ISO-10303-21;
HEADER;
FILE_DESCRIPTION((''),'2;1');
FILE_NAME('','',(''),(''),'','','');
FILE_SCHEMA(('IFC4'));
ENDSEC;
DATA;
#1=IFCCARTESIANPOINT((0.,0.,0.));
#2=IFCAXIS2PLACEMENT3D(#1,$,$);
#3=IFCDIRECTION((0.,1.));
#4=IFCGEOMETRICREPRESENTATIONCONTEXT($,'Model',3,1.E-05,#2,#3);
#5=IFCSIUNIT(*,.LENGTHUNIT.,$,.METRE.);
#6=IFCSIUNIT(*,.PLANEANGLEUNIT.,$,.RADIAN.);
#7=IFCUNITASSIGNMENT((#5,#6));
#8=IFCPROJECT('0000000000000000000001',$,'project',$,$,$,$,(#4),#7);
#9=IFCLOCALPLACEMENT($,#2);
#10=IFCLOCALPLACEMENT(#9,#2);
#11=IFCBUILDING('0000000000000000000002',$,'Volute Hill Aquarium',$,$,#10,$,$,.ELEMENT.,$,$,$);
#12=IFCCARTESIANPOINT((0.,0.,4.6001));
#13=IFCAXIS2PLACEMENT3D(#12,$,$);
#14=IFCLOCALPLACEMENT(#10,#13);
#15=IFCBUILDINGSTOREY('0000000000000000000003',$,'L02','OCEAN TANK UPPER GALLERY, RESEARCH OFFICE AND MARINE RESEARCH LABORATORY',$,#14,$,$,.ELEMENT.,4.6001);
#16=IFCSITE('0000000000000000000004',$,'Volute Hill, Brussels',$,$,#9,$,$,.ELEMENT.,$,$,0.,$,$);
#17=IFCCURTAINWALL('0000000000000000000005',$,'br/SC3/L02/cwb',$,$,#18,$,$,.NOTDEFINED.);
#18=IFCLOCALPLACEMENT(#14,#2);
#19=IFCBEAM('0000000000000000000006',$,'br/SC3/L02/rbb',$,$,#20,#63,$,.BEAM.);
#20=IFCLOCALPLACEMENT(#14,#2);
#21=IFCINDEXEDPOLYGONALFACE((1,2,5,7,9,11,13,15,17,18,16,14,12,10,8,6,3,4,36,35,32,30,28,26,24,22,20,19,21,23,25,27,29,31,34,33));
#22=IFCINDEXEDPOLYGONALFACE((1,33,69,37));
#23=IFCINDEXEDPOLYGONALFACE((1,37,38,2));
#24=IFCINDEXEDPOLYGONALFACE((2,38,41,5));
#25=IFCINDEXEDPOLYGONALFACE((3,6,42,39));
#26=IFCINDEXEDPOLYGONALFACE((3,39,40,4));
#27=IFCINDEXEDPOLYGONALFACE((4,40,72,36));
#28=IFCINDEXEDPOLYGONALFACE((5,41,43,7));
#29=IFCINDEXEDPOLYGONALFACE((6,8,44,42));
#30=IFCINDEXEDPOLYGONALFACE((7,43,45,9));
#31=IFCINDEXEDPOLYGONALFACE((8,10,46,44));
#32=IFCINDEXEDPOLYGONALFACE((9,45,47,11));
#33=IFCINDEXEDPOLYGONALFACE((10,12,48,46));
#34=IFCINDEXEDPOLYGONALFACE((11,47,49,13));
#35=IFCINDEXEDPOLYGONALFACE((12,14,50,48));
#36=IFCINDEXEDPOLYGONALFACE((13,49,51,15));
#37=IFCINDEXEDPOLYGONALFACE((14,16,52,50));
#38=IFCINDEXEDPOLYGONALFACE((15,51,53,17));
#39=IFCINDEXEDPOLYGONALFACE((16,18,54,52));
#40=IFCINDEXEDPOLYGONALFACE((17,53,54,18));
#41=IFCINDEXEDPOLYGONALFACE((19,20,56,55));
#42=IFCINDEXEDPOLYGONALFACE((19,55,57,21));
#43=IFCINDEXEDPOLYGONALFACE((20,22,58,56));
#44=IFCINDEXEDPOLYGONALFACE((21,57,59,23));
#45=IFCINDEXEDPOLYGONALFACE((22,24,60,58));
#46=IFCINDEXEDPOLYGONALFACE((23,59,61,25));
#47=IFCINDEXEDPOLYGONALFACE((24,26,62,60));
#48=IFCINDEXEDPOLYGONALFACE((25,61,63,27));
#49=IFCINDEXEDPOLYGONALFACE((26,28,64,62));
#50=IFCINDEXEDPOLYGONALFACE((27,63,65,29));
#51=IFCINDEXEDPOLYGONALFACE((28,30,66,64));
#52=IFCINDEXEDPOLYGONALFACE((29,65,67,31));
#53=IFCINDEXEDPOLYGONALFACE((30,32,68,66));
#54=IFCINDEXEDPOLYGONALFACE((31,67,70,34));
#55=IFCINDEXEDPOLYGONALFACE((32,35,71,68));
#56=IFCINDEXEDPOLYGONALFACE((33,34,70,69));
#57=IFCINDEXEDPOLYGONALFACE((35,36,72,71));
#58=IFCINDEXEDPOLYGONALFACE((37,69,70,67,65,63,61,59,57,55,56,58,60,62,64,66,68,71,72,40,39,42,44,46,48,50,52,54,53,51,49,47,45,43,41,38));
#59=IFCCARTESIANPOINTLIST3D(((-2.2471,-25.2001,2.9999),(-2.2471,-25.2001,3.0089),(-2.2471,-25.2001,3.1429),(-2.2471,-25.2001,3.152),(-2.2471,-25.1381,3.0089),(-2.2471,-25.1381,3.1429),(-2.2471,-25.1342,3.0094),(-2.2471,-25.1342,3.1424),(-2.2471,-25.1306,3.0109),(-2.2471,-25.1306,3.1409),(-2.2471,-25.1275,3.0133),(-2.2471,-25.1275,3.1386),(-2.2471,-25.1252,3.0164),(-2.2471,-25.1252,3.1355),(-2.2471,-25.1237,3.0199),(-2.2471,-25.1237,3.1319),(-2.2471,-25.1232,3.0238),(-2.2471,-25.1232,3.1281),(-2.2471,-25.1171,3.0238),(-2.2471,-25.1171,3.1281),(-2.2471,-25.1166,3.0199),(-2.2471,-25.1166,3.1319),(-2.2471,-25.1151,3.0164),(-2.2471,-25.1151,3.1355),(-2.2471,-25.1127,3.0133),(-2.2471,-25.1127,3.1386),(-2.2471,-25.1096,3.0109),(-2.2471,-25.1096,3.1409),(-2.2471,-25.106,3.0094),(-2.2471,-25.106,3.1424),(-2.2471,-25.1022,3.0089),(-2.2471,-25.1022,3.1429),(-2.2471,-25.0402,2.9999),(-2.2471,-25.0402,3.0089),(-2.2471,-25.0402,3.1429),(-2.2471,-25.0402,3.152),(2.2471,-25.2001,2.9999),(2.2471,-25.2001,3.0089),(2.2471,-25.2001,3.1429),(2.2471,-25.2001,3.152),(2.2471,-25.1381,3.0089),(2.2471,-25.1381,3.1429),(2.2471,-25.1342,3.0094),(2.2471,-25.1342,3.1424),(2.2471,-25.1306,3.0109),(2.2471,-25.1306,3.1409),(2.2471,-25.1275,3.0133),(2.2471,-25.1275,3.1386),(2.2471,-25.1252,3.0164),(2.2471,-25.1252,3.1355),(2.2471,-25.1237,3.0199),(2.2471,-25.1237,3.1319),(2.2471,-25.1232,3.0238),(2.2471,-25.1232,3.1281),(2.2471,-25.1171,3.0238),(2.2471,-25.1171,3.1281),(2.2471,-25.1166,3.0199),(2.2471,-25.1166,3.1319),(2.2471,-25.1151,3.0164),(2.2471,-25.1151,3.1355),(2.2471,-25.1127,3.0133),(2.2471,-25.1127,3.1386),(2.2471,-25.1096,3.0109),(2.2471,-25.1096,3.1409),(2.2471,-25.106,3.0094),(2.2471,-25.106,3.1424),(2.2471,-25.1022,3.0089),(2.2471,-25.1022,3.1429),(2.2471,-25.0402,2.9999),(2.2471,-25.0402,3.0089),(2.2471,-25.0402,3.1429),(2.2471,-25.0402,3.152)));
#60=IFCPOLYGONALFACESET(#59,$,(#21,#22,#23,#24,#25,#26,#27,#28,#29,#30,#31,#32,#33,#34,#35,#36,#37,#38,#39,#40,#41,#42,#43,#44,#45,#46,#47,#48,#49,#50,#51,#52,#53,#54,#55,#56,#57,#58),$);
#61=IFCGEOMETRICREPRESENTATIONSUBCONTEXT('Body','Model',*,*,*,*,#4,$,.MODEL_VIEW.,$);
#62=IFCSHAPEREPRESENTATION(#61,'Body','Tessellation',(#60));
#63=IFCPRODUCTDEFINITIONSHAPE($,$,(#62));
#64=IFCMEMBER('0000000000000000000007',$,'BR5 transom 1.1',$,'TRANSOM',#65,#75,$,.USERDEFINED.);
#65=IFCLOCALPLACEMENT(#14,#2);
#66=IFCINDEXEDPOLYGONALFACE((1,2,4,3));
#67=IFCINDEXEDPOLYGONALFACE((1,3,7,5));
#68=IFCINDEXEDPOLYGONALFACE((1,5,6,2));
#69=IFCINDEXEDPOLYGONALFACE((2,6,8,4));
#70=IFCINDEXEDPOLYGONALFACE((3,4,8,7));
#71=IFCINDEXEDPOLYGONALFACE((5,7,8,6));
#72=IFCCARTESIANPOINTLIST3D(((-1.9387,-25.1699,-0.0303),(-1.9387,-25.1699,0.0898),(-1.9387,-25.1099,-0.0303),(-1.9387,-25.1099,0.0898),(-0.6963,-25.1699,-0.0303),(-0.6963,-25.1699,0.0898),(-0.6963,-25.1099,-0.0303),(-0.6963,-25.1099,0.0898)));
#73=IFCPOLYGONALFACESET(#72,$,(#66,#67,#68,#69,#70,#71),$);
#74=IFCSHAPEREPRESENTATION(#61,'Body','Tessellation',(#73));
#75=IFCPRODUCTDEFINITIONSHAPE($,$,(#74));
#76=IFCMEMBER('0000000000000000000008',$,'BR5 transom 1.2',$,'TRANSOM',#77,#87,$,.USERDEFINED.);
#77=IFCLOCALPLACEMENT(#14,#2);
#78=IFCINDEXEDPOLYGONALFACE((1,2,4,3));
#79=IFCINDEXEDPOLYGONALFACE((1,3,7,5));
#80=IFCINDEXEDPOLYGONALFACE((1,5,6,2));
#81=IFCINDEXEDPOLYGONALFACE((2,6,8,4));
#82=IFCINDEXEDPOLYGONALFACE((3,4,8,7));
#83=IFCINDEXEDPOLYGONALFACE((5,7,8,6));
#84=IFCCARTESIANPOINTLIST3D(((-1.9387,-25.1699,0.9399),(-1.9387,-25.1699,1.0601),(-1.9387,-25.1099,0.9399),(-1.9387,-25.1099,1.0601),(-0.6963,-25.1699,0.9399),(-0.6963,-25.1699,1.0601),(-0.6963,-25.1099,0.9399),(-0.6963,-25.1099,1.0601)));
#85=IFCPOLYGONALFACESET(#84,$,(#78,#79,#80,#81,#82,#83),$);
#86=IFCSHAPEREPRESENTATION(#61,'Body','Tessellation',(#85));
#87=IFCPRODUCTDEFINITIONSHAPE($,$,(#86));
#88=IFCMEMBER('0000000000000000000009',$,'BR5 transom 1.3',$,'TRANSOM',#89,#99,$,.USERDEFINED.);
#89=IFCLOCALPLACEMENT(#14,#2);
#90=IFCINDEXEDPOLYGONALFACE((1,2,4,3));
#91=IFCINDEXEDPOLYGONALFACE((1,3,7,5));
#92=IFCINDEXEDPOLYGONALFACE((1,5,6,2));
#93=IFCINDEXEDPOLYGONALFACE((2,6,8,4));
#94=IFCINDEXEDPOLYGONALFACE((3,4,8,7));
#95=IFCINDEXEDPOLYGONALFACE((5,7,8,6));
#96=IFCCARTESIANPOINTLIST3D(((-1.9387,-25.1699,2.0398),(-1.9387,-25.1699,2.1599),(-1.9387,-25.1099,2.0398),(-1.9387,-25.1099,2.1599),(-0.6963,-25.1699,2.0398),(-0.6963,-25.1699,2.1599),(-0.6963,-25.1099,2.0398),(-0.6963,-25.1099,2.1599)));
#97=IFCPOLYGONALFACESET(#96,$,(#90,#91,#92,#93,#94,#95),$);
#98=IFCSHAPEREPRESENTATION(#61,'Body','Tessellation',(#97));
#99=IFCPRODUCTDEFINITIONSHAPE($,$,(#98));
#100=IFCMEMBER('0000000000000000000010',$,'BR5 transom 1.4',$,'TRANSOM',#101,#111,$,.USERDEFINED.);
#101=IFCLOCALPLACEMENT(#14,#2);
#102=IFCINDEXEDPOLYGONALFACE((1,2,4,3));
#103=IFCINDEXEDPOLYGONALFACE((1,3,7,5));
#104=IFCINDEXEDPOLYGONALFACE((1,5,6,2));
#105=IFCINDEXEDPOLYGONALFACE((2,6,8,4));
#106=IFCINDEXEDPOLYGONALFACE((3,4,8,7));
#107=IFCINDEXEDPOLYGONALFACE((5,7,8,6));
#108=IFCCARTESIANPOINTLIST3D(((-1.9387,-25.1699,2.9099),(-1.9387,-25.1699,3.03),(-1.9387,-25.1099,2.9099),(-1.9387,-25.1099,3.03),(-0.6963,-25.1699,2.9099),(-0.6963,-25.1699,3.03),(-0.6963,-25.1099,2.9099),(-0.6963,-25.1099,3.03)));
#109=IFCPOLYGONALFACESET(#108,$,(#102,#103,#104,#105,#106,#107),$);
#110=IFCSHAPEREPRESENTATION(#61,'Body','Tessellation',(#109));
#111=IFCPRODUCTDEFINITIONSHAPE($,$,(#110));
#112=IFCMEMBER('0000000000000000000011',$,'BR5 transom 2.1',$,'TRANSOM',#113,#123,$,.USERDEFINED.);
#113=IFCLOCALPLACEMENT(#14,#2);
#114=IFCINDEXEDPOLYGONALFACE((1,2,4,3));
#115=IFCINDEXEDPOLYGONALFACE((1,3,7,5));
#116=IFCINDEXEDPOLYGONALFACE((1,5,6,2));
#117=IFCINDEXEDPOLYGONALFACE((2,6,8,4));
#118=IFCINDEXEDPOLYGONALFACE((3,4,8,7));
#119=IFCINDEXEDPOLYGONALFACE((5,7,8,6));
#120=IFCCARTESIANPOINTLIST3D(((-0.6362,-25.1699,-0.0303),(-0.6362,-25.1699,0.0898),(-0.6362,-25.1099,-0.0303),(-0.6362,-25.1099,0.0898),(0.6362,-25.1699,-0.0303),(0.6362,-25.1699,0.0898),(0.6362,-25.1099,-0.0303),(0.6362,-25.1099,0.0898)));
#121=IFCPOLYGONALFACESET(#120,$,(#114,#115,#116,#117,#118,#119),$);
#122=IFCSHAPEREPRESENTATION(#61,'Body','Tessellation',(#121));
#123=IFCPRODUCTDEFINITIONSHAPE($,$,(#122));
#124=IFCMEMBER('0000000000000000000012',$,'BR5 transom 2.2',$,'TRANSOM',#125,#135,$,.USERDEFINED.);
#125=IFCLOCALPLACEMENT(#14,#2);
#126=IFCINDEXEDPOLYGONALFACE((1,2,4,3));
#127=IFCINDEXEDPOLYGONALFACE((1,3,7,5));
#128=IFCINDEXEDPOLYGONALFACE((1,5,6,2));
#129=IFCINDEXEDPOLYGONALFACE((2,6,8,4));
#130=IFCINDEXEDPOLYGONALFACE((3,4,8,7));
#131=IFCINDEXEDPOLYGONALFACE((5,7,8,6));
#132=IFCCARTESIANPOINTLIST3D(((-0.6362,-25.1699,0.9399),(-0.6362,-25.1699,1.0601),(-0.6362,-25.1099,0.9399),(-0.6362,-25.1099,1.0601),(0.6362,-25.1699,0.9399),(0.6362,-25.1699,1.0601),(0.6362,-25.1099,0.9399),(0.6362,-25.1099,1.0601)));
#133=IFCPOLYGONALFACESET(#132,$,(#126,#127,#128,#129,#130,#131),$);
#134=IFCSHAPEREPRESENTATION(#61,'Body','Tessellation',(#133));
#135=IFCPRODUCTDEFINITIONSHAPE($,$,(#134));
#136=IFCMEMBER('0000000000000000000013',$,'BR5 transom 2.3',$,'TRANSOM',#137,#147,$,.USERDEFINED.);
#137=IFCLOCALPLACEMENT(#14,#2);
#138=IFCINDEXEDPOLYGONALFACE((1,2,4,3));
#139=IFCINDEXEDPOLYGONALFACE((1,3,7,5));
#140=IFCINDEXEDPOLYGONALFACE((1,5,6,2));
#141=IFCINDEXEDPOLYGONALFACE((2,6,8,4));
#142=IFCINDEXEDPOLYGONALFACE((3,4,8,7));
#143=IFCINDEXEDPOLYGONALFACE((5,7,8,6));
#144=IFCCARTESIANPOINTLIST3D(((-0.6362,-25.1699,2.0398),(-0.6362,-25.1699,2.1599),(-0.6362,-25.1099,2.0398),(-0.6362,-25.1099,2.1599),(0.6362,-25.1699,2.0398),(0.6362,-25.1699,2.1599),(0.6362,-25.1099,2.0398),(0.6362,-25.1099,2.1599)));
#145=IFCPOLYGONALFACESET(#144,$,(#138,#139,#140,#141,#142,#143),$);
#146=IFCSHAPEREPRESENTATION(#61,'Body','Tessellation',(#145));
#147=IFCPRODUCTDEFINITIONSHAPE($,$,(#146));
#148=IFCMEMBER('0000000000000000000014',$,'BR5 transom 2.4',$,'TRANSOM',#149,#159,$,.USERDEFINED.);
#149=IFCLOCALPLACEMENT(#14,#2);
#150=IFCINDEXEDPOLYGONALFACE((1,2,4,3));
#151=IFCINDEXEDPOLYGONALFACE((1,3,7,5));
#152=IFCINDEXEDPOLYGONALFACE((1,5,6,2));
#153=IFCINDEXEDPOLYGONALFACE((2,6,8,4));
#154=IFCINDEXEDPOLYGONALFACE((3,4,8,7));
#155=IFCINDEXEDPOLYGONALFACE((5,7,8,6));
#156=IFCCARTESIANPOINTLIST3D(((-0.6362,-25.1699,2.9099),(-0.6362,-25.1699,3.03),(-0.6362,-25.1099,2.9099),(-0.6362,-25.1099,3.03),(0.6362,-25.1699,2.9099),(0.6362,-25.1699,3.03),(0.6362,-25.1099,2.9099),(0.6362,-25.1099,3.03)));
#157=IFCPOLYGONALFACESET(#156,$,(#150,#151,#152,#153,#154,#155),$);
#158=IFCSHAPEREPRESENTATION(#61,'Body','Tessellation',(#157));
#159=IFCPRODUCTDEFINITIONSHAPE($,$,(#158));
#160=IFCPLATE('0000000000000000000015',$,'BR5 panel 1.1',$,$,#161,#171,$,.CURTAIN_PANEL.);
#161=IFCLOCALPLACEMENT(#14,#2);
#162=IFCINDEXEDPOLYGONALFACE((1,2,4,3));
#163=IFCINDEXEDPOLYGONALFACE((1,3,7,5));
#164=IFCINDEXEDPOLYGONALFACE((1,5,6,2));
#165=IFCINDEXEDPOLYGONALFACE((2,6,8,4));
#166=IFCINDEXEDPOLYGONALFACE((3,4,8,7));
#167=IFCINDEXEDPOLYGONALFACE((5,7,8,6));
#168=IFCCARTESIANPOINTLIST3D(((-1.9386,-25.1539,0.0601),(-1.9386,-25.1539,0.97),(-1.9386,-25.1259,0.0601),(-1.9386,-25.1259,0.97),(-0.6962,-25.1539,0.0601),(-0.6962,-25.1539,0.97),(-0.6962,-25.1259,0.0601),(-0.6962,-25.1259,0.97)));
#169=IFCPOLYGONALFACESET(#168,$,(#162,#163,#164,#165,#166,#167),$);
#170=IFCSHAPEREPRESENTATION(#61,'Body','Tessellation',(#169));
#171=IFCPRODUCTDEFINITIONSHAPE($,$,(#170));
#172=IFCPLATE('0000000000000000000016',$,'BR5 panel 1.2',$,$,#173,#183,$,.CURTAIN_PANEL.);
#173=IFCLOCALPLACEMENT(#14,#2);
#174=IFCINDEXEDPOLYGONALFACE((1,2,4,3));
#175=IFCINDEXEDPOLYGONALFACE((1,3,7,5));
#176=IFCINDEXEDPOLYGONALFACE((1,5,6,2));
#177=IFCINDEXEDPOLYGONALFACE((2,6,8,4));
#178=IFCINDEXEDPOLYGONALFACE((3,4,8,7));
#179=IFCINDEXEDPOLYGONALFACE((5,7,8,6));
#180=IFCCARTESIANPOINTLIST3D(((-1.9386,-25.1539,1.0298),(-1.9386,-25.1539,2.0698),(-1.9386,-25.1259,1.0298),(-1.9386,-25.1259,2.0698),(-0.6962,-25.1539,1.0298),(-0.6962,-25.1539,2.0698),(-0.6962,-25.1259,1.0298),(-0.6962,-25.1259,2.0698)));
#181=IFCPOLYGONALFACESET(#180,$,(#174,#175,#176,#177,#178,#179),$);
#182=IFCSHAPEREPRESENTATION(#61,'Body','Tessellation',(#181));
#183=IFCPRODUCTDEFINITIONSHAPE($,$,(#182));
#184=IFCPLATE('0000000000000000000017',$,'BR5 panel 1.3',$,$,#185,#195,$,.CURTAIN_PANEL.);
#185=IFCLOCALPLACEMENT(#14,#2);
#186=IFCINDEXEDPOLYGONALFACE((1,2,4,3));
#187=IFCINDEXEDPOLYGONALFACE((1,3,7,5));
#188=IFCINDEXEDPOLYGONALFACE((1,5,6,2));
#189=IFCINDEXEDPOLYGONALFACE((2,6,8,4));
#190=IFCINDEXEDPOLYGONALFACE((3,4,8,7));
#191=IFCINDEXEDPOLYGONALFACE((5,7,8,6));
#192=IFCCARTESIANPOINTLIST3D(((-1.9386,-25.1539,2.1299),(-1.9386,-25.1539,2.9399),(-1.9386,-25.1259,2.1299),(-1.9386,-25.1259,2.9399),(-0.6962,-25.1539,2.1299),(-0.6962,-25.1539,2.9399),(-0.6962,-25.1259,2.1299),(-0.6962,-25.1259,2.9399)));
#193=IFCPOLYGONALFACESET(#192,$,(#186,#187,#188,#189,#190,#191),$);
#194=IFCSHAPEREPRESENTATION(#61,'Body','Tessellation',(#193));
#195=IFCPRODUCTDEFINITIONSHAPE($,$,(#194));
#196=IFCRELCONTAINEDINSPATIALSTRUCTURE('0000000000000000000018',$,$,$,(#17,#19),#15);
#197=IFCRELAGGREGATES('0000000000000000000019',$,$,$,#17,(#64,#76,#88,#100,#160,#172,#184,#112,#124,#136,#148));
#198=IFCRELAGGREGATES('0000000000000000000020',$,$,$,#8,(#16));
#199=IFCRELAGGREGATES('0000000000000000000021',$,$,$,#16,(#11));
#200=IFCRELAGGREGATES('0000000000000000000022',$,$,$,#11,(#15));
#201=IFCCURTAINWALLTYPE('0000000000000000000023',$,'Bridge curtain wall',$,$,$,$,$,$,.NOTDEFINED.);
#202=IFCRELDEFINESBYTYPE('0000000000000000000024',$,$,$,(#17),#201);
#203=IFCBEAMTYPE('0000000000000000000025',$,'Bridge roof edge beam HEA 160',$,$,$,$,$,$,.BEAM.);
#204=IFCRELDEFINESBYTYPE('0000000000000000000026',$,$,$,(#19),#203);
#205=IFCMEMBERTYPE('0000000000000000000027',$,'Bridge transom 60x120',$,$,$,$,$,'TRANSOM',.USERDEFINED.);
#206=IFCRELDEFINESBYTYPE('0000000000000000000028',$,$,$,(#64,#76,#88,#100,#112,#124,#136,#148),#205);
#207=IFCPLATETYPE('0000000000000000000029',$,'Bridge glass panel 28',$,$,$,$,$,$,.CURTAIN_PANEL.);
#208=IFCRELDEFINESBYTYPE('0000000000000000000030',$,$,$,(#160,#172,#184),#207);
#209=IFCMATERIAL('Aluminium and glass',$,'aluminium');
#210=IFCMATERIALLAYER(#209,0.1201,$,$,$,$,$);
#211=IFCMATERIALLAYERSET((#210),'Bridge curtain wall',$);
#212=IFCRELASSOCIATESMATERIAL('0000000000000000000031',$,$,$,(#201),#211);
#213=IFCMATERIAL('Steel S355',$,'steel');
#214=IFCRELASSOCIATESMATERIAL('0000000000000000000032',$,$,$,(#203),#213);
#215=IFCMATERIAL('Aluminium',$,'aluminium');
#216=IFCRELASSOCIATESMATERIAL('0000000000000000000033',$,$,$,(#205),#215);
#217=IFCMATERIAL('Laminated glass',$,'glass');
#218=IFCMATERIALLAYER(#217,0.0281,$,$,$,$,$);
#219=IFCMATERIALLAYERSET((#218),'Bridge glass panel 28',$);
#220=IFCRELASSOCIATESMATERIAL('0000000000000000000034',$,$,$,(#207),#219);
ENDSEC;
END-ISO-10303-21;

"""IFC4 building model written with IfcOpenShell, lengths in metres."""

from ifc_helpers import new_model, si_unit, direction, frame, origin, origin_2d, place, context, subcontext, project, spatial, rectangle, i_section, extrude, material, layer, layer_set, material_profile, profile_set, type_object, element, aggregate, save


model = new_model("IFC4")

# Units and contexts
model_context = context("Model", 3, precision=1e-05, world=origin(), true_north=direction((0.0, 1.0)))
body_context = subcontext(model_context, "Body", "Model", "MODEL_VIEW")
ifc_project = project(units=[si_unit("LENGTHUNIT", "METRE"), si_unit("PLANEANGLEUNIT", "RADIAN")], contexts=[model_context])

# Site, building, storey
site_placement = place(None, origin())
site = spatial("IfcSite", under=ifc_project, at=site_placement, Name="Volute Hill, Brussels", CompositionType="ELEMENT", RefElevation=0.0)
building_placement = place(site_placement, origin())
building = spatial("IfcBuilding", under=site, at=building_placement, Name="Volute Hill Aquarium", CompositionType="ELEMENT")
storey_placement = place(building_placement, frame((0.0, 0.0, 4.6001)))
storey = spatial("IfcBuildingStorey", under=building, at=storey_placement, Name="L02", Description="OCEAN TANK UPPER GALLERY, RESEARCH OFFICE AND MARINE RESEARCH LABORATORY", CompositionType="ELEMENT", Elevation=4.6001)

# Curtain wall
ifc_material_1 = material(Name="Aluminium and glass", Category="aluminium")
ifc_layer_1 = layer(ifc_material_1, 0.1201)
ifc_layer_set_1 = layer_set([ifc_layer_1], Name="Bridge curtain wall")
curtain_wall_type = type_object("IfcCurtainWallType", Name="Bridge curtain wall", PredefinedType="NOTDEFINED", material=ifc_layer_set_1)
curtain_wall_placement = place(storey_placement, origin())
curtain_wall = element("IfcCurtainWall", 1, at=curtain_wall_placement, inside=storey, type_object=curtain_wall_type, Name="br/SC3/L02/cwb", PredefinedType="NOTDEFINED")

# Beam
ifc_material_2 = material(Name="Steel S355", Category="steel")
ifc_material_profile_1 = material_profile(ifc_material_2, i_section(OverallWidth=0.1599, OverallDepth=0.1521, WebThickness=0.0061, FlangeThickness=0.009, FilletRadius=0.0149, at=origin_2d()), Name="HEA 160")
ifc_profile_set_1 = profile_set([ifc_material_profile_1], Name="Steel S355")
beam_type_1 = type_object("IfcBeamType", Name="Bridge roof edge beam HEA 160", PredefinedType="BEAM", material=ifc_profile_set_1)
beam_placement = place(storey_placement, frame((-2.2471, -25.1201, 3.0759), z_axis=(1.0, 0.0, 0.0), x_axis=(0.0, 1.0, 0.0)))
element("IfcBeam", 2, at=beam_placement, inside=storey, type_object=beam_type_1, Name="br/SC3/L02/rbb", PredefinedType="BEAM", context=body_context, shape_type="SweptSolid", body=[
    extrude(i_section(OverallWidth=0.1599, OverallDepth=0.1521, WebThickness=0.0061, FlangeThickness=0.009, FilletRadius=0.0149, at=origin_2d()), origin(), (0.0, 0.0, 1.0), 4.4941),
])

# Members
ifc_material_3 = material(Name="Aluminium", Category="aluminium")
ifc_material_profile_2 = material_profile(ifc_material_3, rectangle(XDim=0.0601, YDim=0.1201, at=origin_2d()), Name="Aluminium transom 60x120")
ifc_profile_set_2 = profile_set([ifc_material_profile_2], Name="Aluminium")
member_type_1 = type_object("IfcMemberType", Name="Bridge transom 60x120", ElementType="TRANSOM", PredefinedType="USERDEFINED", material=ifc_profile_set_2)
member_1_placement = place(storey_placement, frame((-1.9387, -25.1399, 0.0298), z_axis=(1.0, 0.0, 0.0), x_axis=(0.0, 1.0, 0.0)))
member_1 = element("IfcMember", 3, at=member_1_placement, type_object=member_type_1, Name="BR5 transom 1.1", ObjectType="TRANSOM", PredefinedType="USERDEFINED", context=body_context, shape_type="SweptSolid", body=[
    extrude(rectangle(XDim=0.0601, YDim=0.1201, at=origin_2d()), origin(), (0.0, 0.0, 1.0), 1.2424),
])
member_2_placement = place(storey_placement, frame((-1.9387, -25.1399, 1.0), z_axis=(1.0, 0.0, 0.0), x_axis=(0.0, 1.0, 0.0)))
member_2 = element("IfcMember", 4, at=member_2_placement, type_object=member_type_1, Name="BR5 transom 1.2", ObjectType="TRANSOM", PredefinedType="USERDEFINED", context=body_context, shape_type="SweptSolid", body=[
    extrude(rectangle(XDim=0.0601, YDim=0.1201, at=origin_2d()), origin(), (0.0, 0.0, 1.0), 1.2424),
])
member_3_placement = place(storey_placement, frame((-1.9387, -25.1399, 2.0999), z_axis=(1.0, 0.0, 0.0), x_axis=(0.0, 1.0, 0.0)))
member_3 = element("IfcMember", 5, at=member_3_placement, type_object=member_type_1, Name="BR5 transom 1.3", ObjectType="TRANSOM", PredefinedType="USERDEFINED", context=body_context, shape_type="SweptSolid", body=[
    extrude(rectangle(XDim=0.0601, YDim=0.1201, at=origin_2d()), origin(), (0.0, 0.0, 1.0), 1.2424),
])
member_4_placement = place(storey_placement, frame((-1.9387, -25.1399, 2.97), z_axis=(1.0, 0.0, 0.0), x_axis=(0.0, 1.0, 0.0)))
member_4 = element("IfcMember", 6, at=member_4_placement, type_object=member_type_1, Name="BR5 transom 1.4", ObjectType="TRANSOM", PredefinedType="USERDEFINED", context=body_context, shape_type="SweptSolid", body=[
    extrude(rectangle(XDim=0.0601, YDim=0.1201, at=origin_2d()), origin(), (0.0, 0.0, 1.0), 1.2424),
])
member_5_placement = place(storey_placement, frame((-0.6362, -25.1399, 0.0298), z_axis=(1.0, 0.0, 0.0), x_axis=(0.0, 1.0, 0.0)))
member_5 = element("IfcMember", 7, at=member_5_placement, type_object=member_type_1, Name="BR5 transom 2.1", ObjectType="TRANSOM", PredefinedType="USERDEFINED", context=body_context, shape_type="SweptSolid", body=[
    extrude(rectangle(XDim=0.0601, YDim=0.1201, at=origin_2d()), origin(), (0.0, 0.0, 1.0), 1.2725),
])
member_6_placement = place(storey_placement, frame((-0.6362, -25.1399, 1.0), z_axis=(1.0, 0.0, 0.0), x_axis=(0.0, 1.0, 0.0)))
member_6 = element("IfcMember", 8, at=member_6_placement, type_object=member_type_1, Name="BR5 transom 2.2", ObjectType="TRANSOM", PredefinedType="USERDEFINED", context=body_context, shape_type="SweptSolid", body=[
    extrude(rectangle(XDim=0.0601, YDim=0.1201, at=origin_2d()), origin(), (0.0, 0.0, 1.0), 1.2725),
])
member_7_placement = place(storey_placement, frame((-0.6362, -25.1399, 2.0999), z_axis=(1.0, 0.0, 0.0), x_axis=(0.0, 1.0, 0.0)))
member_7 = element("IfcMember", 9, at=member_7_placement, type_object=member_type_1, Name="BR5 transom 2.3", ObjectType="TRANSOM", PredefinedType="USERDEFINED", context=body_context, shape_type="SweptSolid", body=[
    extrude(rectangle(XDim=0.0601, YDim=0.1201, at=origin_2d()), origin(), (0.0, 0.0, 1.0), 1.2725),
])
member_8_placement = place(storey_placement, frame((-0.6362, -25.1399, 2.97), z_axis=(1.0, 0.0, 0.0), x_axis=(0.0, 1.0, 0.0)))
member_8 = element("IfcMember", 10, at=member_8_placement, type_object=member_type_1, Name="BR5 transom 2.4", ObjectType="TRANSOM", PredefinedType="USERDEFINED", context=body_context, shape_type="SweptSolid", body=[
    extrude(rectangle(XDim=0.0601, YDim=0.1201, at=origin_2d()), origin(), (0.0, 0.0, 1.0), 1.2725),
])

# Plates
ifc_material_4 = material(Name="Laminated glass", Category="glass")
ifc_layer_2 = layer(ifc_material_4, 0.0281)
ifc_layer_set_2 = layer_set([ifc_layer_2], Name="Bridge glass panel 28")
plate_type = type_object("IfcPlateType", Name="Bridge glass panel 28", PredefinedType="CURTAIN_PANEL", material=ifc_layer_set_2)
plate_1_placement = place(storey_placement, frame((-1.3174, -25.1399, 0.0601), z_axis=(0.0, 0.0, 1.0), x_axis=(1.0, 0.0, 0.0)))
plate_1 = element("IfcPlate", 11, at=plate_1_placement, type_object=plate_type, Name="BR5 panel 1.1", PredefinedType="CURTAIN_PANEL", context=body_context, shape_type="SweptSolid", body=[
    extrude(rectangle(XDim=1.2424, YDim=0.0281, at=origin_2d()), origin(), (0.0, 0.0, 1.0), 0.9099),
])
plate_2_placement = place(storey_placement, frame((-1.3174, -25.1399, 1.0298), z_axis=(0.0, 0.0, 1.0), x_axis=(1.0, 0.0, 0.0)))
plate_2 = element("IfcPlate", 12, at=plate_2_placement, type_object=plate_type, Name="BR5 panel 1.2", PredefinedType="CURTAIN_PANEL", context=body_context, shape_type="SweptSolid", body=[
    extrude(rectangle(XDim=1.2424, YDim=0.0281, at=origin_2d()), origin(), (0.0, 0.0, 1.0), 1.04),
])
plate_3_placement = place(storey_placement, frame((-1.3174, -25.1399, 2.1299), z_axis=(0.0, 0.0, 1.0), x_axis=(1.0, 0.0, 0.0)))
plate_3 = element("IfcPlate", 13, at=plate_3_placement, type_object=plate_type, Name="BR5 panel 1.3", PredefinedType="CURTAIN_PANEL", context=body_context, shape_type="SweptSolid", body=[
    extrude(rectangle(XDim=1.2424, YDim=0.0281, at=origin_2d()), origin(), (0.0, 0.0, 1.0), 0.8101),
])
aggregate(curtain_wall, [member_1, member_2, member_3, member_4, plate_1, plate_2, plate_3, member_5, member_6, member_7, member_8])

save(model, "model.ifc")
